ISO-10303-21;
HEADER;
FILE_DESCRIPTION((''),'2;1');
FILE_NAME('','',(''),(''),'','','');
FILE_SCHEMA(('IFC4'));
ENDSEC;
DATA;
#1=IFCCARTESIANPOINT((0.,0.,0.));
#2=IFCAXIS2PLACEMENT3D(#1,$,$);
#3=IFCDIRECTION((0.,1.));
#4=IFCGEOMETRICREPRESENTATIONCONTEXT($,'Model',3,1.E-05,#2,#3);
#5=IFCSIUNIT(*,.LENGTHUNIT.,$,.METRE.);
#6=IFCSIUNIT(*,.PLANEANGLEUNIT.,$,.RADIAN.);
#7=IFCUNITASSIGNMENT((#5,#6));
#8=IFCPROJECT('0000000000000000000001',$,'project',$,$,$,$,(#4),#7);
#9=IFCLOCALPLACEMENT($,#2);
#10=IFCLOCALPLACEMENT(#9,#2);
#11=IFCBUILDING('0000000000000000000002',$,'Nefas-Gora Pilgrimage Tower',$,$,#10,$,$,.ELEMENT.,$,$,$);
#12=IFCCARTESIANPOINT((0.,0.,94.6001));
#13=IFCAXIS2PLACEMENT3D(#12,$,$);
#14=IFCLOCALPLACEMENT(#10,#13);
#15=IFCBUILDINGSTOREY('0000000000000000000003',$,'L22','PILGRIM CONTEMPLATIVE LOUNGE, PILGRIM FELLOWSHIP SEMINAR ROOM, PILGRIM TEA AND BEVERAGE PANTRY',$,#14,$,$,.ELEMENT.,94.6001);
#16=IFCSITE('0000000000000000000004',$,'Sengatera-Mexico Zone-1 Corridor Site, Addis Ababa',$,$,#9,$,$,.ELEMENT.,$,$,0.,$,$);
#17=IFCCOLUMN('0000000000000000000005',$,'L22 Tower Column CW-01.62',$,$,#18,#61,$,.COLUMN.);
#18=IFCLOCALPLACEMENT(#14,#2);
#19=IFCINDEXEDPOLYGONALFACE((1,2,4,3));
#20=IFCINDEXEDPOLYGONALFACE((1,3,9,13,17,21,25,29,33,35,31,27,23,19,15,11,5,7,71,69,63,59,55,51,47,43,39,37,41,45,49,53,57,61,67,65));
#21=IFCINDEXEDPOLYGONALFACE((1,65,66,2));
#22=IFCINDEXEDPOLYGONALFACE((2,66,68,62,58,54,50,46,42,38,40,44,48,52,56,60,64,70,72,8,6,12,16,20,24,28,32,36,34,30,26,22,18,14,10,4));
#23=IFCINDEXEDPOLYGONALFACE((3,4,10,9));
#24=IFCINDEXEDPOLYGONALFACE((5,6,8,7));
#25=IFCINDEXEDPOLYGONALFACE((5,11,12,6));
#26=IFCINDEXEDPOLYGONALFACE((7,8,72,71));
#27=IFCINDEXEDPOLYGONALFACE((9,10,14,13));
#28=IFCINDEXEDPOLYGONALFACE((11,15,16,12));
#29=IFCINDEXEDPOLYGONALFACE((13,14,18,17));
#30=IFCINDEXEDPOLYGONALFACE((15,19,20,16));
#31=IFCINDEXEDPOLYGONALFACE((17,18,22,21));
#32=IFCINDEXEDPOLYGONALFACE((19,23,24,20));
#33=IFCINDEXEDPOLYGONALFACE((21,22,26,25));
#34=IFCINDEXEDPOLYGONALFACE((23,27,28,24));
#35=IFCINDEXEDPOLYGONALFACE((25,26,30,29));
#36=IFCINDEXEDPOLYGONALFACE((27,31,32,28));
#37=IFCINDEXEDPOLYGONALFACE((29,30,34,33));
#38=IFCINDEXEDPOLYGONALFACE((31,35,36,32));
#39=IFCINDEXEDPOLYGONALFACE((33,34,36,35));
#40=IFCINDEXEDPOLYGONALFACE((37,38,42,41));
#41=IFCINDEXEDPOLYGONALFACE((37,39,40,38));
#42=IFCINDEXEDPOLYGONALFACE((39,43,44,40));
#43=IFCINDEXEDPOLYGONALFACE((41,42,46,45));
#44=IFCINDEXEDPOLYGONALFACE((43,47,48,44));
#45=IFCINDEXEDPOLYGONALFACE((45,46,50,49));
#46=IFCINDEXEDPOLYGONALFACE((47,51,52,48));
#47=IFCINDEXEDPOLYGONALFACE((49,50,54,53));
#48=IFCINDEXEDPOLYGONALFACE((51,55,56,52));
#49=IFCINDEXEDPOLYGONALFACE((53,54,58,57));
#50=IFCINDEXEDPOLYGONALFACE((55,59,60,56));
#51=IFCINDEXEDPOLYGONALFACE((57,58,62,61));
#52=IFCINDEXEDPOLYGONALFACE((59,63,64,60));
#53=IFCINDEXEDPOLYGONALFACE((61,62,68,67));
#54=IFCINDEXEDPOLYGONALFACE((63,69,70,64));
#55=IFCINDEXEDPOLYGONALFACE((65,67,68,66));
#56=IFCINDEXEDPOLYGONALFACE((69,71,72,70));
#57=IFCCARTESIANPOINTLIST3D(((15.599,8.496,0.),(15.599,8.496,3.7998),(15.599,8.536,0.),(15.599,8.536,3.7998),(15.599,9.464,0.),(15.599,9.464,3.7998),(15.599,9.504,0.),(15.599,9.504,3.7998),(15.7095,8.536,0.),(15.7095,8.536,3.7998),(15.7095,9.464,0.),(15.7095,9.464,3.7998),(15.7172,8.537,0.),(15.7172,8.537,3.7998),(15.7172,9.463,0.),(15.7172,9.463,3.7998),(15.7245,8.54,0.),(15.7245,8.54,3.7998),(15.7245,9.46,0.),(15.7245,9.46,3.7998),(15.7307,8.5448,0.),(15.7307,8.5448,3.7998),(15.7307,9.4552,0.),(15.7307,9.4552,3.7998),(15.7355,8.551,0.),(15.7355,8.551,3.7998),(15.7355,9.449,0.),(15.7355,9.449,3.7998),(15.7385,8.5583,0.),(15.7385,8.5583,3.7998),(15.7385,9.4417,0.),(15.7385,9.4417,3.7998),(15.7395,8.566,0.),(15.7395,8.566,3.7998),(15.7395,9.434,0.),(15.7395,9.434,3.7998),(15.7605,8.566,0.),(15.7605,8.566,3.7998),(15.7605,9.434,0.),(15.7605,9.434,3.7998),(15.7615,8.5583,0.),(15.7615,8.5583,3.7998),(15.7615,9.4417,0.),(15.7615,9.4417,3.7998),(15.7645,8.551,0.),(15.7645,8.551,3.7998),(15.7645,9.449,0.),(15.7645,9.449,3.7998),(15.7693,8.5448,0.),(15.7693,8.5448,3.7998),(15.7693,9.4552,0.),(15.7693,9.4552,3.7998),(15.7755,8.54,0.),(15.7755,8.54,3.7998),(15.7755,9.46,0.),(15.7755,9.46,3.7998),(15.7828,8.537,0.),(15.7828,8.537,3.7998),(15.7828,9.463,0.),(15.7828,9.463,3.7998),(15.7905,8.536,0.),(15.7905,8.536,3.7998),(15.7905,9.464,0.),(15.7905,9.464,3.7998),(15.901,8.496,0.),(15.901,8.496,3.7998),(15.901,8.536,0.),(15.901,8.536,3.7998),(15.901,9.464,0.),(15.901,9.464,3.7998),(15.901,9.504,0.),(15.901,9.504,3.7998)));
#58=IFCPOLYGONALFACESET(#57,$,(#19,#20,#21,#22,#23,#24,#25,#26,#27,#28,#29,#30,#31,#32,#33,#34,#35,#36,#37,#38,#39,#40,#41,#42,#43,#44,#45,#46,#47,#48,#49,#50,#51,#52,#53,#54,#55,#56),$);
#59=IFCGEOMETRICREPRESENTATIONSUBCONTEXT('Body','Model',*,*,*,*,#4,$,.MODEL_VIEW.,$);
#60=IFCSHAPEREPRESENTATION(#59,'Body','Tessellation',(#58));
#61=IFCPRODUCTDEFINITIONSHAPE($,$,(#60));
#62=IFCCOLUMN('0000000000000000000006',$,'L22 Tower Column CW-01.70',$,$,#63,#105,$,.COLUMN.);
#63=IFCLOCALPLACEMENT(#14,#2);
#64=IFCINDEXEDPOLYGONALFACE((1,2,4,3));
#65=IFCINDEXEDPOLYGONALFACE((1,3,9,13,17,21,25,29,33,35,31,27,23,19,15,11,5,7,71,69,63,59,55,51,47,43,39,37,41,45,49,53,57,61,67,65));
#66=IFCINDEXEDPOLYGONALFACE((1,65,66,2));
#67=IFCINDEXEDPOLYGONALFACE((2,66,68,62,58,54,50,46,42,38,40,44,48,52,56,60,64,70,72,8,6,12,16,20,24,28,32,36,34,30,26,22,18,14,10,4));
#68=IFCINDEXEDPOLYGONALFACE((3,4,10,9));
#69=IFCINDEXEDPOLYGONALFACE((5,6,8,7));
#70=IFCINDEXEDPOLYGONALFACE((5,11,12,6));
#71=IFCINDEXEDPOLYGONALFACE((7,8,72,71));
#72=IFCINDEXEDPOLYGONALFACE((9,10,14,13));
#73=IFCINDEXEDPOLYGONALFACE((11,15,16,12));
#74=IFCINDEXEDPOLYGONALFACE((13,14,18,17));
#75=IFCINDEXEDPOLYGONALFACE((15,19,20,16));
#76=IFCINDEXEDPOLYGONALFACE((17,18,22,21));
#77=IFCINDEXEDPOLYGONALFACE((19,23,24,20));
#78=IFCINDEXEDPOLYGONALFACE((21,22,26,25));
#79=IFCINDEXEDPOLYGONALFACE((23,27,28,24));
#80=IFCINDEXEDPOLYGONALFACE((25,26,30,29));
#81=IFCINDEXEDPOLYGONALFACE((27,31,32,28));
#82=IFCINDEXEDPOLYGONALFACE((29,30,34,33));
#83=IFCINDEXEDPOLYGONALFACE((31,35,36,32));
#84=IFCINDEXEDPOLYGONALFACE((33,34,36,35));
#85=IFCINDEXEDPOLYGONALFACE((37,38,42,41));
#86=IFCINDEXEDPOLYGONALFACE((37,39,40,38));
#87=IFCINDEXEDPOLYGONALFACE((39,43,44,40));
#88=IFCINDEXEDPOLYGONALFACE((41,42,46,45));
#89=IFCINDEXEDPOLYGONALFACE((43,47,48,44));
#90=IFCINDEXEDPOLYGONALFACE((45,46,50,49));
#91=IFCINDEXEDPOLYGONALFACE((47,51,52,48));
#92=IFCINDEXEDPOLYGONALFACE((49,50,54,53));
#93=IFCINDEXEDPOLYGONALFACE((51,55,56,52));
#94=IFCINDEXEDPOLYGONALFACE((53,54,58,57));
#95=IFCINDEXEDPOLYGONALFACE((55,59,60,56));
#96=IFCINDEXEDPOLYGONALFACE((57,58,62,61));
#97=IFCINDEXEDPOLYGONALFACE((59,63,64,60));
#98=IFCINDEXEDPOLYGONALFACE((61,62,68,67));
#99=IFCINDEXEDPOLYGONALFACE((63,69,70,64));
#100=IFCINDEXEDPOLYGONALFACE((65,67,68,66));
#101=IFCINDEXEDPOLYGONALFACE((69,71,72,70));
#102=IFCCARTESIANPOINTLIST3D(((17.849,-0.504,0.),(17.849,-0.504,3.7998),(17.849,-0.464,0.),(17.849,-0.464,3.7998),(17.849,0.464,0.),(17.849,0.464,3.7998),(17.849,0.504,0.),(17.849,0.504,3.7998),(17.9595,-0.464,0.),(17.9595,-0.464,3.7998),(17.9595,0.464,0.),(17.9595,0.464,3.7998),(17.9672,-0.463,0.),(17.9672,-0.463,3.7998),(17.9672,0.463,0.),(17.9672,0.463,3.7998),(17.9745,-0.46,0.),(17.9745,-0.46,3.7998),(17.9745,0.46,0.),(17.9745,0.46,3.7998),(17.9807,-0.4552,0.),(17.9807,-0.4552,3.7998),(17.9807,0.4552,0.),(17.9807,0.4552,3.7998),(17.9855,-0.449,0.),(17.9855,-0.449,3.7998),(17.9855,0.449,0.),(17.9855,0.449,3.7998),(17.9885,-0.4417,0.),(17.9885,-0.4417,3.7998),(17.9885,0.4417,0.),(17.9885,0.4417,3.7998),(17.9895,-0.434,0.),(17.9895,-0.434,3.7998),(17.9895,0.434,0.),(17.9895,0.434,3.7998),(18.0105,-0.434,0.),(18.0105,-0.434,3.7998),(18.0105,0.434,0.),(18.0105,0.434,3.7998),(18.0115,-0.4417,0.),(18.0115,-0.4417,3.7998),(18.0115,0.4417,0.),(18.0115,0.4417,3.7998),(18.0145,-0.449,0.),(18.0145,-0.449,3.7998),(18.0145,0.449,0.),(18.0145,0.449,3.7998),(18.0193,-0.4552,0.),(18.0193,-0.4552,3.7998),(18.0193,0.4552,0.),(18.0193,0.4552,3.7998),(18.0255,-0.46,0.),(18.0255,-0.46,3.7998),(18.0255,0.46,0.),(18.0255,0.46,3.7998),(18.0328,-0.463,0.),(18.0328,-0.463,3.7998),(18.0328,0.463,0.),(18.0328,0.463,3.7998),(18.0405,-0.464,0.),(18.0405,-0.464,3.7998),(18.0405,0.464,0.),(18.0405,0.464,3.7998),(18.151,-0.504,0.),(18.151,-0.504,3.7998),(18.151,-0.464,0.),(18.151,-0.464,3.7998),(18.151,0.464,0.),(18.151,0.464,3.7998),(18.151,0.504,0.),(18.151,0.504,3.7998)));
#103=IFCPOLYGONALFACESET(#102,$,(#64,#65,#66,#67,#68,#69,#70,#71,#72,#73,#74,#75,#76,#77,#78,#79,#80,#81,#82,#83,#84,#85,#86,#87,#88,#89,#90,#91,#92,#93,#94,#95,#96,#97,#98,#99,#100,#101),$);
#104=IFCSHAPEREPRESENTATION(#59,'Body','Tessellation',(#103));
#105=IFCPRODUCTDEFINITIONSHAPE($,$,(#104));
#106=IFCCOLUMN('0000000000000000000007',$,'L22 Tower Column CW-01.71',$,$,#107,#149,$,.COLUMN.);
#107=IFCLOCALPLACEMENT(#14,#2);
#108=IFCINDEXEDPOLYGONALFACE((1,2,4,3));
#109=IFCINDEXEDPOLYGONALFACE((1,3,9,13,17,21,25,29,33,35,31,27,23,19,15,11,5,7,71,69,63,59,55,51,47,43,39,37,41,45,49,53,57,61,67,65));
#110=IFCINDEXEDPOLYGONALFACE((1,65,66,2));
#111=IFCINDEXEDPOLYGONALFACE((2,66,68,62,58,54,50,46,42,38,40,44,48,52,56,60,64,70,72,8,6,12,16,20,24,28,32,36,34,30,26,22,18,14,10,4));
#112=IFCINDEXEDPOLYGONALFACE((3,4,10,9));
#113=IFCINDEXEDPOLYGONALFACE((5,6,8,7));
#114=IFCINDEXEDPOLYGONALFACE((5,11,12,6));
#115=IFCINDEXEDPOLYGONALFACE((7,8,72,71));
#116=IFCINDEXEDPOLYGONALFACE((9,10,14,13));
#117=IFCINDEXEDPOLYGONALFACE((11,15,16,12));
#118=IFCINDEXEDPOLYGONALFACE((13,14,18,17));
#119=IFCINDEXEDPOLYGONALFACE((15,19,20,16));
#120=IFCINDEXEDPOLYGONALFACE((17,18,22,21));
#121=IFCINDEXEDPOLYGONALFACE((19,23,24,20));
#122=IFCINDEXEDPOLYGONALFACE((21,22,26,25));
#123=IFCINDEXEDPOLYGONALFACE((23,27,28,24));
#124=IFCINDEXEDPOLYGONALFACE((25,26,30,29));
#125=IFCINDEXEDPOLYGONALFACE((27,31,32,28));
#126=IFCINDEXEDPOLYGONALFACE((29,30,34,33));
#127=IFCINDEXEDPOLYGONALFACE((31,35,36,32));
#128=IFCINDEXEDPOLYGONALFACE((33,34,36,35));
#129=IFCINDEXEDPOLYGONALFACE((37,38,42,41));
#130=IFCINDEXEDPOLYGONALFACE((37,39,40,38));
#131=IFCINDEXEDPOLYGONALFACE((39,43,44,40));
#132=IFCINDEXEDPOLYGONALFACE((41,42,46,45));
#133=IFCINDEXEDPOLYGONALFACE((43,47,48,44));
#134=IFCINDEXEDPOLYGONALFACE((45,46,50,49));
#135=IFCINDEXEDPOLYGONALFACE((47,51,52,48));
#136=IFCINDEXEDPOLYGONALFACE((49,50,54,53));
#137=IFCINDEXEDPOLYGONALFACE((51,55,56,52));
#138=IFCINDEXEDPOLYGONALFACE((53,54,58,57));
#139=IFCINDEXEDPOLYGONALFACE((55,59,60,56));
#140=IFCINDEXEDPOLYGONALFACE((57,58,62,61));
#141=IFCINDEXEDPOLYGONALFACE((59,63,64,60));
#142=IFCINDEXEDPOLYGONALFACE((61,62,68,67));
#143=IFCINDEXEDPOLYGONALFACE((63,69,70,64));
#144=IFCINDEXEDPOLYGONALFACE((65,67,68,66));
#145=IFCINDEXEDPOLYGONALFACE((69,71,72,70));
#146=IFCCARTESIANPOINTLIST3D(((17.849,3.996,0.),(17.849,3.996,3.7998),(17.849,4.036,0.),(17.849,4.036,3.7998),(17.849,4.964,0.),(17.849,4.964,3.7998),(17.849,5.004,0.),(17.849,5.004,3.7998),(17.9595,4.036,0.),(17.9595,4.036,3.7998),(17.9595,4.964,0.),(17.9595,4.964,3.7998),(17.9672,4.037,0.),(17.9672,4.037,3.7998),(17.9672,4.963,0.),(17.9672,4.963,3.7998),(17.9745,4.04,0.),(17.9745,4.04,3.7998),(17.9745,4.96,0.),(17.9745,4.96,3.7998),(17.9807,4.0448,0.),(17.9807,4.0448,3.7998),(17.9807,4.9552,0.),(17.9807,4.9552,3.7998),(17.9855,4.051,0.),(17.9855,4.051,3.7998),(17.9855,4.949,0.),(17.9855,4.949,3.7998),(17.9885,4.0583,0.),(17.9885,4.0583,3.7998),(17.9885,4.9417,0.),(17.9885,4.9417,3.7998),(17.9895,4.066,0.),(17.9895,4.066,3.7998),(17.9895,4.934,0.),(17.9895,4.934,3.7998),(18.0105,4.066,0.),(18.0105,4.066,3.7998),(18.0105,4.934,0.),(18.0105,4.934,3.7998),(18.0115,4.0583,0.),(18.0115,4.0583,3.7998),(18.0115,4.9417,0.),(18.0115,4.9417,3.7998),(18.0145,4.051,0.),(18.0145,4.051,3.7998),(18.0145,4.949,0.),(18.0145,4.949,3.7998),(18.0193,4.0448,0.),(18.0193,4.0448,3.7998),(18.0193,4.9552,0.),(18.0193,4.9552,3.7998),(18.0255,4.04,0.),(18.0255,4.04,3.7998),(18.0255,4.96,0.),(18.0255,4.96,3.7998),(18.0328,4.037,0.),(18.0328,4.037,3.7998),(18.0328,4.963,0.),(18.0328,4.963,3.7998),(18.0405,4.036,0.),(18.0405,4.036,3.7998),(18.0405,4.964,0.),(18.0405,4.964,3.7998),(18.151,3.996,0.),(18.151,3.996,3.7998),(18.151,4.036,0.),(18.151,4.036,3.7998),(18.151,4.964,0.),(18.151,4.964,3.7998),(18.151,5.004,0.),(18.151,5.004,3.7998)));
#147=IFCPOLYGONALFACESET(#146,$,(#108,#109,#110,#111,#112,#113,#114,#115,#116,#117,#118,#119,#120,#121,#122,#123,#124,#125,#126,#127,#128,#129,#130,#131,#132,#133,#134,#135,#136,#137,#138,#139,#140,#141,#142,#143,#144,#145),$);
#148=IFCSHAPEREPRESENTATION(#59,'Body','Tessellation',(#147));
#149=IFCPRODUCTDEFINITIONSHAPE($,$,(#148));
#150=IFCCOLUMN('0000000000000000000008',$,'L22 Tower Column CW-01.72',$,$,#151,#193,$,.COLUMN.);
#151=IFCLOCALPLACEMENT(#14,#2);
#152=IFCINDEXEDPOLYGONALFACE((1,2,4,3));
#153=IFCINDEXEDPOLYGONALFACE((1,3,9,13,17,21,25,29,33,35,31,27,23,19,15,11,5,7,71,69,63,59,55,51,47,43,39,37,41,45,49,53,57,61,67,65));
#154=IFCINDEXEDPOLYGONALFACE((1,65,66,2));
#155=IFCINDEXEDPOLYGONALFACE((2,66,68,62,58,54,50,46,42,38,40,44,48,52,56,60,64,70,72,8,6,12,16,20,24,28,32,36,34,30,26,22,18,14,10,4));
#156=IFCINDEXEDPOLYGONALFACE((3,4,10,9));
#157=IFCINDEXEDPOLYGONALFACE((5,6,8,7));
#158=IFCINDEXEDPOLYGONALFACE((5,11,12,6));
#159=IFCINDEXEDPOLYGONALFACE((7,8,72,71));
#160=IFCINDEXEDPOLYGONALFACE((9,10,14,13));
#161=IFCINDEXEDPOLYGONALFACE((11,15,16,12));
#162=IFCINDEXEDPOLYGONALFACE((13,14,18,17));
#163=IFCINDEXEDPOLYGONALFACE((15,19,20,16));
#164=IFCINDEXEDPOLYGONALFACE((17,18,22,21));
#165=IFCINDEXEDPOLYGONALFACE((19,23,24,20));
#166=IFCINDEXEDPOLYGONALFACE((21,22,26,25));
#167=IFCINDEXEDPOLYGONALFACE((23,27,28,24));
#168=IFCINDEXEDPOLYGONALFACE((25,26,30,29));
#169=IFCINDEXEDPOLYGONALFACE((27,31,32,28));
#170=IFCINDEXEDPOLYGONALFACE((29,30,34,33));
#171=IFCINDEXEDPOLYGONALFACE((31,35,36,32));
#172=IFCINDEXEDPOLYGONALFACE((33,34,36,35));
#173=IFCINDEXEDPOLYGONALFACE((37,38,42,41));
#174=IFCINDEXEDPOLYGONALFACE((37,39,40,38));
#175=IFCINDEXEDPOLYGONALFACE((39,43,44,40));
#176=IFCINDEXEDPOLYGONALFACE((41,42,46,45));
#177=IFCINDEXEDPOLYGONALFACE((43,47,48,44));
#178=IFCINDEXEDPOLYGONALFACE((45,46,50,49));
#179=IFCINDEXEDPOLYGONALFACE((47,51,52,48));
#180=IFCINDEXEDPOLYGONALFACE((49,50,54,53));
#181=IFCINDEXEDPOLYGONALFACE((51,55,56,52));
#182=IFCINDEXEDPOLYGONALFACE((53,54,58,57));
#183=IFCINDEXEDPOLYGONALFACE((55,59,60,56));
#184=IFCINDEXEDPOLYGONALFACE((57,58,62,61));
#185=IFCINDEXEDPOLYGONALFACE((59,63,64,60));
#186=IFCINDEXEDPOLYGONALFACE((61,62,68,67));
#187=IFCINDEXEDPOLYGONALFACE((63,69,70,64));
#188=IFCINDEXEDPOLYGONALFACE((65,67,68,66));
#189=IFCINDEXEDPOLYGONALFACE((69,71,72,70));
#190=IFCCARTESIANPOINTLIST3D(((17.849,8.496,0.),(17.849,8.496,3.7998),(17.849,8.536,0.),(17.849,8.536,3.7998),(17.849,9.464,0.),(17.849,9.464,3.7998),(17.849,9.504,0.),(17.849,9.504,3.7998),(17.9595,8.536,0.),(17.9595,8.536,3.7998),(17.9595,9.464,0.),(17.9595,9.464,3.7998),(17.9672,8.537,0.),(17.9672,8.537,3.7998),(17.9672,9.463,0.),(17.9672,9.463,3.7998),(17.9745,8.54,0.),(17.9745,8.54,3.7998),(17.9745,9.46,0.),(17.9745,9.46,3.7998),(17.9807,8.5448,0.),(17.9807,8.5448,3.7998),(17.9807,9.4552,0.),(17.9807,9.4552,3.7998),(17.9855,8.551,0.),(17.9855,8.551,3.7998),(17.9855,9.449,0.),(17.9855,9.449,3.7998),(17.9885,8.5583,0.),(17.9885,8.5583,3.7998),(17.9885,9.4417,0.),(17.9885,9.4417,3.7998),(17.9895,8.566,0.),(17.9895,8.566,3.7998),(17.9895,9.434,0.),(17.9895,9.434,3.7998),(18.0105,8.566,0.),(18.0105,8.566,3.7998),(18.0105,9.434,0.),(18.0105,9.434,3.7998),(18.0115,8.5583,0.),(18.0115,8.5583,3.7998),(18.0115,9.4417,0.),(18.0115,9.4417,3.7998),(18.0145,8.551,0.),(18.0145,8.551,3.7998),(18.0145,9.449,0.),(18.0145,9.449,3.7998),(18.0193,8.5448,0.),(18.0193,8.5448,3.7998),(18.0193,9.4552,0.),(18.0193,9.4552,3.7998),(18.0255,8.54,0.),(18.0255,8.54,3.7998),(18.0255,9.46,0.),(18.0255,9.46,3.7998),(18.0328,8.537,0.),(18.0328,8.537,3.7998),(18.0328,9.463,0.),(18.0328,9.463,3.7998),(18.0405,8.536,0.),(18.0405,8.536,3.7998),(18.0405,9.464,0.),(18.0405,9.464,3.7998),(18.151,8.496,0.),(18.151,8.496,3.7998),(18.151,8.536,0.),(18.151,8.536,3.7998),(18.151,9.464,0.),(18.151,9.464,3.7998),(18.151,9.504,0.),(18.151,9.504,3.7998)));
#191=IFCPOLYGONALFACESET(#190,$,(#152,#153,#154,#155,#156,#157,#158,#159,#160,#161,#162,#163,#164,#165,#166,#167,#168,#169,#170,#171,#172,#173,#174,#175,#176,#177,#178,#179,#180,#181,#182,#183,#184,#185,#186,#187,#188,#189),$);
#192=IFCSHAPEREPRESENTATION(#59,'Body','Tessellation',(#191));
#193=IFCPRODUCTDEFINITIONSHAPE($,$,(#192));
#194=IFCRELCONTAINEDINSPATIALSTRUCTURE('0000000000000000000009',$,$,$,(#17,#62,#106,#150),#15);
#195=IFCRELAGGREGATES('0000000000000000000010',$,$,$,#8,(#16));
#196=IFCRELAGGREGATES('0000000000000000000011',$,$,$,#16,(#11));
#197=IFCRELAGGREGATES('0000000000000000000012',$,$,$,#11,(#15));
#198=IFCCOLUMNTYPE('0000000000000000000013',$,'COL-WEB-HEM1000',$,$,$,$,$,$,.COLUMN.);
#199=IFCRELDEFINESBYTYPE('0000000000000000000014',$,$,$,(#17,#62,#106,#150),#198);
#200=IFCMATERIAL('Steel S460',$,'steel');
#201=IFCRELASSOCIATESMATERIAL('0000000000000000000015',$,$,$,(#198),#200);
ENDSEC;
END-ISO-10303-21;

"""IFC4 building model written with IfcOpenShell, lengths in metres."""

from ifc_helpers import new_model, si_unit, direction, frame, origin, origin_2d, place, context, subcontext, project, spatial, i_section, extrude, source, transform, mapped, material, material_profile, profile_set, type_object, element, save


model = new_model("IFC4")

# Units and contexts
model_context = context("Model", 3, precision=1e-05, world=origin(), true_north=direction((0.0, 1.0)))
body_context = subcontext(model_context, "Body", "Model", "MODEL_VIEW")
ifc_project = project(units=[si_unit("LENGTHUNIT", "METRE"), si_unit("PLANEANGLEUNIT", "RADIAN")], contexts=[model_context])

# Site, building, storey
site_placement = place(None, origin())
site = spatial("IfcSite", under=ifc_project, at=site_placement, Name="Sengatera-Mexico Zone-1 Corridor Site, Addis Ababa", CompositionType="ELEMENT", RefElevation=0.0)
building_placement = place(site_placement, origin())
building = spatial("IfcBuilding", under=site, at=building_placement, Name="Nefas-Gora Pilgrimage Tower", CompositionType="ELEMENT")
storey_placement = place(building_placement, frame((0.0, 0.0, 94.6001)))
storey = spatial("IfcBuildingStorey", under=building, at=storey_placement, Name="L22", Description="PILGRIM CONTEMPLATIVE LOUNGE, PILGRIM FELLOWSHIP SEMINAR ROOM, PILGRIM TEA AND BEVERAGE PANTRY", CompositionType="ELEMENT", Elevation=94.6001)

# Columns
ifc_material_1 = material(Name="Steel S460", Category="steel")
ifc_material_profile_1 = material_profile(ifc_material_1, i_section(OverallWidth=0.302, OverallDepth=1.0081, WebThickness=0.021, FlangeThickness=0.04, FilletRadius=0.03, at=origin_2d()), Name="HEM 1000")
ifc_profile_set_1 = profile_set([ifc_material_profile_1], Name="Steel S460")
column_type_1 = type_object("IfcColumnType", Name="COL-WEB-HEM1000", PredefinedType="COLUMN", material=ifc_profile_set_1)
shared_shape_1 = source(origin(), body_context, "Body", "SweptSolid", [
    extrude(i_section(OverallWidth=0.302, OverallDepth=1.0081, WebThickness=0.021, FlangeThickness=0.04, FilletRadius=0.03, at=origin_2d()), origin(), (0.0, 0.0, 1.0), 3.7998),
])
for number, where, z_axis, x_axis, name in (
    (1, (15.75, 9.0, 0.0), (0.0, 0.0, 1.0), (1.0, 0.0, 0.0), "L22 Tower Column CW-01.62"),
    (2, (18.0, 0.0, 0.0), (0.0, 0.0, 1.0), (1.0, 0.0, 0.0), "L22 Tower Column CW-01.70"),
    (3, (18.0, 4.5, 0.0), (0.0, 0.0, 1.0), (1.0, 0.0, 0.0), "L22 Tower Column CW-01.71"),
    (4, (18.0, 9.0, 0.0), (0.0, 0.0, 1.0), (1.0, 0.0, 0.0), "L22 Tower Column CW-01.72"),
):
    element("IfcColumn", number, at=place(storey_placement, frame(where, z_axis=z_axis, x_axis=x_axis)), inside=storey, type_object=column_type_1, Name=name, PredefinedType="COLUMN", context=body_context, shape_type="MappedRepresentation", body=[
        mapped(shared_shape_1, transform((0.0, 0.0, 0.0), x_axis=(1.0, 0.0, 0.0), y_axis=(0.0, 1.0, 0.0), z_axis=(0.0, 0.0, 1.0), scale=1.0)),
    ])

save(model, "model.ifc")
